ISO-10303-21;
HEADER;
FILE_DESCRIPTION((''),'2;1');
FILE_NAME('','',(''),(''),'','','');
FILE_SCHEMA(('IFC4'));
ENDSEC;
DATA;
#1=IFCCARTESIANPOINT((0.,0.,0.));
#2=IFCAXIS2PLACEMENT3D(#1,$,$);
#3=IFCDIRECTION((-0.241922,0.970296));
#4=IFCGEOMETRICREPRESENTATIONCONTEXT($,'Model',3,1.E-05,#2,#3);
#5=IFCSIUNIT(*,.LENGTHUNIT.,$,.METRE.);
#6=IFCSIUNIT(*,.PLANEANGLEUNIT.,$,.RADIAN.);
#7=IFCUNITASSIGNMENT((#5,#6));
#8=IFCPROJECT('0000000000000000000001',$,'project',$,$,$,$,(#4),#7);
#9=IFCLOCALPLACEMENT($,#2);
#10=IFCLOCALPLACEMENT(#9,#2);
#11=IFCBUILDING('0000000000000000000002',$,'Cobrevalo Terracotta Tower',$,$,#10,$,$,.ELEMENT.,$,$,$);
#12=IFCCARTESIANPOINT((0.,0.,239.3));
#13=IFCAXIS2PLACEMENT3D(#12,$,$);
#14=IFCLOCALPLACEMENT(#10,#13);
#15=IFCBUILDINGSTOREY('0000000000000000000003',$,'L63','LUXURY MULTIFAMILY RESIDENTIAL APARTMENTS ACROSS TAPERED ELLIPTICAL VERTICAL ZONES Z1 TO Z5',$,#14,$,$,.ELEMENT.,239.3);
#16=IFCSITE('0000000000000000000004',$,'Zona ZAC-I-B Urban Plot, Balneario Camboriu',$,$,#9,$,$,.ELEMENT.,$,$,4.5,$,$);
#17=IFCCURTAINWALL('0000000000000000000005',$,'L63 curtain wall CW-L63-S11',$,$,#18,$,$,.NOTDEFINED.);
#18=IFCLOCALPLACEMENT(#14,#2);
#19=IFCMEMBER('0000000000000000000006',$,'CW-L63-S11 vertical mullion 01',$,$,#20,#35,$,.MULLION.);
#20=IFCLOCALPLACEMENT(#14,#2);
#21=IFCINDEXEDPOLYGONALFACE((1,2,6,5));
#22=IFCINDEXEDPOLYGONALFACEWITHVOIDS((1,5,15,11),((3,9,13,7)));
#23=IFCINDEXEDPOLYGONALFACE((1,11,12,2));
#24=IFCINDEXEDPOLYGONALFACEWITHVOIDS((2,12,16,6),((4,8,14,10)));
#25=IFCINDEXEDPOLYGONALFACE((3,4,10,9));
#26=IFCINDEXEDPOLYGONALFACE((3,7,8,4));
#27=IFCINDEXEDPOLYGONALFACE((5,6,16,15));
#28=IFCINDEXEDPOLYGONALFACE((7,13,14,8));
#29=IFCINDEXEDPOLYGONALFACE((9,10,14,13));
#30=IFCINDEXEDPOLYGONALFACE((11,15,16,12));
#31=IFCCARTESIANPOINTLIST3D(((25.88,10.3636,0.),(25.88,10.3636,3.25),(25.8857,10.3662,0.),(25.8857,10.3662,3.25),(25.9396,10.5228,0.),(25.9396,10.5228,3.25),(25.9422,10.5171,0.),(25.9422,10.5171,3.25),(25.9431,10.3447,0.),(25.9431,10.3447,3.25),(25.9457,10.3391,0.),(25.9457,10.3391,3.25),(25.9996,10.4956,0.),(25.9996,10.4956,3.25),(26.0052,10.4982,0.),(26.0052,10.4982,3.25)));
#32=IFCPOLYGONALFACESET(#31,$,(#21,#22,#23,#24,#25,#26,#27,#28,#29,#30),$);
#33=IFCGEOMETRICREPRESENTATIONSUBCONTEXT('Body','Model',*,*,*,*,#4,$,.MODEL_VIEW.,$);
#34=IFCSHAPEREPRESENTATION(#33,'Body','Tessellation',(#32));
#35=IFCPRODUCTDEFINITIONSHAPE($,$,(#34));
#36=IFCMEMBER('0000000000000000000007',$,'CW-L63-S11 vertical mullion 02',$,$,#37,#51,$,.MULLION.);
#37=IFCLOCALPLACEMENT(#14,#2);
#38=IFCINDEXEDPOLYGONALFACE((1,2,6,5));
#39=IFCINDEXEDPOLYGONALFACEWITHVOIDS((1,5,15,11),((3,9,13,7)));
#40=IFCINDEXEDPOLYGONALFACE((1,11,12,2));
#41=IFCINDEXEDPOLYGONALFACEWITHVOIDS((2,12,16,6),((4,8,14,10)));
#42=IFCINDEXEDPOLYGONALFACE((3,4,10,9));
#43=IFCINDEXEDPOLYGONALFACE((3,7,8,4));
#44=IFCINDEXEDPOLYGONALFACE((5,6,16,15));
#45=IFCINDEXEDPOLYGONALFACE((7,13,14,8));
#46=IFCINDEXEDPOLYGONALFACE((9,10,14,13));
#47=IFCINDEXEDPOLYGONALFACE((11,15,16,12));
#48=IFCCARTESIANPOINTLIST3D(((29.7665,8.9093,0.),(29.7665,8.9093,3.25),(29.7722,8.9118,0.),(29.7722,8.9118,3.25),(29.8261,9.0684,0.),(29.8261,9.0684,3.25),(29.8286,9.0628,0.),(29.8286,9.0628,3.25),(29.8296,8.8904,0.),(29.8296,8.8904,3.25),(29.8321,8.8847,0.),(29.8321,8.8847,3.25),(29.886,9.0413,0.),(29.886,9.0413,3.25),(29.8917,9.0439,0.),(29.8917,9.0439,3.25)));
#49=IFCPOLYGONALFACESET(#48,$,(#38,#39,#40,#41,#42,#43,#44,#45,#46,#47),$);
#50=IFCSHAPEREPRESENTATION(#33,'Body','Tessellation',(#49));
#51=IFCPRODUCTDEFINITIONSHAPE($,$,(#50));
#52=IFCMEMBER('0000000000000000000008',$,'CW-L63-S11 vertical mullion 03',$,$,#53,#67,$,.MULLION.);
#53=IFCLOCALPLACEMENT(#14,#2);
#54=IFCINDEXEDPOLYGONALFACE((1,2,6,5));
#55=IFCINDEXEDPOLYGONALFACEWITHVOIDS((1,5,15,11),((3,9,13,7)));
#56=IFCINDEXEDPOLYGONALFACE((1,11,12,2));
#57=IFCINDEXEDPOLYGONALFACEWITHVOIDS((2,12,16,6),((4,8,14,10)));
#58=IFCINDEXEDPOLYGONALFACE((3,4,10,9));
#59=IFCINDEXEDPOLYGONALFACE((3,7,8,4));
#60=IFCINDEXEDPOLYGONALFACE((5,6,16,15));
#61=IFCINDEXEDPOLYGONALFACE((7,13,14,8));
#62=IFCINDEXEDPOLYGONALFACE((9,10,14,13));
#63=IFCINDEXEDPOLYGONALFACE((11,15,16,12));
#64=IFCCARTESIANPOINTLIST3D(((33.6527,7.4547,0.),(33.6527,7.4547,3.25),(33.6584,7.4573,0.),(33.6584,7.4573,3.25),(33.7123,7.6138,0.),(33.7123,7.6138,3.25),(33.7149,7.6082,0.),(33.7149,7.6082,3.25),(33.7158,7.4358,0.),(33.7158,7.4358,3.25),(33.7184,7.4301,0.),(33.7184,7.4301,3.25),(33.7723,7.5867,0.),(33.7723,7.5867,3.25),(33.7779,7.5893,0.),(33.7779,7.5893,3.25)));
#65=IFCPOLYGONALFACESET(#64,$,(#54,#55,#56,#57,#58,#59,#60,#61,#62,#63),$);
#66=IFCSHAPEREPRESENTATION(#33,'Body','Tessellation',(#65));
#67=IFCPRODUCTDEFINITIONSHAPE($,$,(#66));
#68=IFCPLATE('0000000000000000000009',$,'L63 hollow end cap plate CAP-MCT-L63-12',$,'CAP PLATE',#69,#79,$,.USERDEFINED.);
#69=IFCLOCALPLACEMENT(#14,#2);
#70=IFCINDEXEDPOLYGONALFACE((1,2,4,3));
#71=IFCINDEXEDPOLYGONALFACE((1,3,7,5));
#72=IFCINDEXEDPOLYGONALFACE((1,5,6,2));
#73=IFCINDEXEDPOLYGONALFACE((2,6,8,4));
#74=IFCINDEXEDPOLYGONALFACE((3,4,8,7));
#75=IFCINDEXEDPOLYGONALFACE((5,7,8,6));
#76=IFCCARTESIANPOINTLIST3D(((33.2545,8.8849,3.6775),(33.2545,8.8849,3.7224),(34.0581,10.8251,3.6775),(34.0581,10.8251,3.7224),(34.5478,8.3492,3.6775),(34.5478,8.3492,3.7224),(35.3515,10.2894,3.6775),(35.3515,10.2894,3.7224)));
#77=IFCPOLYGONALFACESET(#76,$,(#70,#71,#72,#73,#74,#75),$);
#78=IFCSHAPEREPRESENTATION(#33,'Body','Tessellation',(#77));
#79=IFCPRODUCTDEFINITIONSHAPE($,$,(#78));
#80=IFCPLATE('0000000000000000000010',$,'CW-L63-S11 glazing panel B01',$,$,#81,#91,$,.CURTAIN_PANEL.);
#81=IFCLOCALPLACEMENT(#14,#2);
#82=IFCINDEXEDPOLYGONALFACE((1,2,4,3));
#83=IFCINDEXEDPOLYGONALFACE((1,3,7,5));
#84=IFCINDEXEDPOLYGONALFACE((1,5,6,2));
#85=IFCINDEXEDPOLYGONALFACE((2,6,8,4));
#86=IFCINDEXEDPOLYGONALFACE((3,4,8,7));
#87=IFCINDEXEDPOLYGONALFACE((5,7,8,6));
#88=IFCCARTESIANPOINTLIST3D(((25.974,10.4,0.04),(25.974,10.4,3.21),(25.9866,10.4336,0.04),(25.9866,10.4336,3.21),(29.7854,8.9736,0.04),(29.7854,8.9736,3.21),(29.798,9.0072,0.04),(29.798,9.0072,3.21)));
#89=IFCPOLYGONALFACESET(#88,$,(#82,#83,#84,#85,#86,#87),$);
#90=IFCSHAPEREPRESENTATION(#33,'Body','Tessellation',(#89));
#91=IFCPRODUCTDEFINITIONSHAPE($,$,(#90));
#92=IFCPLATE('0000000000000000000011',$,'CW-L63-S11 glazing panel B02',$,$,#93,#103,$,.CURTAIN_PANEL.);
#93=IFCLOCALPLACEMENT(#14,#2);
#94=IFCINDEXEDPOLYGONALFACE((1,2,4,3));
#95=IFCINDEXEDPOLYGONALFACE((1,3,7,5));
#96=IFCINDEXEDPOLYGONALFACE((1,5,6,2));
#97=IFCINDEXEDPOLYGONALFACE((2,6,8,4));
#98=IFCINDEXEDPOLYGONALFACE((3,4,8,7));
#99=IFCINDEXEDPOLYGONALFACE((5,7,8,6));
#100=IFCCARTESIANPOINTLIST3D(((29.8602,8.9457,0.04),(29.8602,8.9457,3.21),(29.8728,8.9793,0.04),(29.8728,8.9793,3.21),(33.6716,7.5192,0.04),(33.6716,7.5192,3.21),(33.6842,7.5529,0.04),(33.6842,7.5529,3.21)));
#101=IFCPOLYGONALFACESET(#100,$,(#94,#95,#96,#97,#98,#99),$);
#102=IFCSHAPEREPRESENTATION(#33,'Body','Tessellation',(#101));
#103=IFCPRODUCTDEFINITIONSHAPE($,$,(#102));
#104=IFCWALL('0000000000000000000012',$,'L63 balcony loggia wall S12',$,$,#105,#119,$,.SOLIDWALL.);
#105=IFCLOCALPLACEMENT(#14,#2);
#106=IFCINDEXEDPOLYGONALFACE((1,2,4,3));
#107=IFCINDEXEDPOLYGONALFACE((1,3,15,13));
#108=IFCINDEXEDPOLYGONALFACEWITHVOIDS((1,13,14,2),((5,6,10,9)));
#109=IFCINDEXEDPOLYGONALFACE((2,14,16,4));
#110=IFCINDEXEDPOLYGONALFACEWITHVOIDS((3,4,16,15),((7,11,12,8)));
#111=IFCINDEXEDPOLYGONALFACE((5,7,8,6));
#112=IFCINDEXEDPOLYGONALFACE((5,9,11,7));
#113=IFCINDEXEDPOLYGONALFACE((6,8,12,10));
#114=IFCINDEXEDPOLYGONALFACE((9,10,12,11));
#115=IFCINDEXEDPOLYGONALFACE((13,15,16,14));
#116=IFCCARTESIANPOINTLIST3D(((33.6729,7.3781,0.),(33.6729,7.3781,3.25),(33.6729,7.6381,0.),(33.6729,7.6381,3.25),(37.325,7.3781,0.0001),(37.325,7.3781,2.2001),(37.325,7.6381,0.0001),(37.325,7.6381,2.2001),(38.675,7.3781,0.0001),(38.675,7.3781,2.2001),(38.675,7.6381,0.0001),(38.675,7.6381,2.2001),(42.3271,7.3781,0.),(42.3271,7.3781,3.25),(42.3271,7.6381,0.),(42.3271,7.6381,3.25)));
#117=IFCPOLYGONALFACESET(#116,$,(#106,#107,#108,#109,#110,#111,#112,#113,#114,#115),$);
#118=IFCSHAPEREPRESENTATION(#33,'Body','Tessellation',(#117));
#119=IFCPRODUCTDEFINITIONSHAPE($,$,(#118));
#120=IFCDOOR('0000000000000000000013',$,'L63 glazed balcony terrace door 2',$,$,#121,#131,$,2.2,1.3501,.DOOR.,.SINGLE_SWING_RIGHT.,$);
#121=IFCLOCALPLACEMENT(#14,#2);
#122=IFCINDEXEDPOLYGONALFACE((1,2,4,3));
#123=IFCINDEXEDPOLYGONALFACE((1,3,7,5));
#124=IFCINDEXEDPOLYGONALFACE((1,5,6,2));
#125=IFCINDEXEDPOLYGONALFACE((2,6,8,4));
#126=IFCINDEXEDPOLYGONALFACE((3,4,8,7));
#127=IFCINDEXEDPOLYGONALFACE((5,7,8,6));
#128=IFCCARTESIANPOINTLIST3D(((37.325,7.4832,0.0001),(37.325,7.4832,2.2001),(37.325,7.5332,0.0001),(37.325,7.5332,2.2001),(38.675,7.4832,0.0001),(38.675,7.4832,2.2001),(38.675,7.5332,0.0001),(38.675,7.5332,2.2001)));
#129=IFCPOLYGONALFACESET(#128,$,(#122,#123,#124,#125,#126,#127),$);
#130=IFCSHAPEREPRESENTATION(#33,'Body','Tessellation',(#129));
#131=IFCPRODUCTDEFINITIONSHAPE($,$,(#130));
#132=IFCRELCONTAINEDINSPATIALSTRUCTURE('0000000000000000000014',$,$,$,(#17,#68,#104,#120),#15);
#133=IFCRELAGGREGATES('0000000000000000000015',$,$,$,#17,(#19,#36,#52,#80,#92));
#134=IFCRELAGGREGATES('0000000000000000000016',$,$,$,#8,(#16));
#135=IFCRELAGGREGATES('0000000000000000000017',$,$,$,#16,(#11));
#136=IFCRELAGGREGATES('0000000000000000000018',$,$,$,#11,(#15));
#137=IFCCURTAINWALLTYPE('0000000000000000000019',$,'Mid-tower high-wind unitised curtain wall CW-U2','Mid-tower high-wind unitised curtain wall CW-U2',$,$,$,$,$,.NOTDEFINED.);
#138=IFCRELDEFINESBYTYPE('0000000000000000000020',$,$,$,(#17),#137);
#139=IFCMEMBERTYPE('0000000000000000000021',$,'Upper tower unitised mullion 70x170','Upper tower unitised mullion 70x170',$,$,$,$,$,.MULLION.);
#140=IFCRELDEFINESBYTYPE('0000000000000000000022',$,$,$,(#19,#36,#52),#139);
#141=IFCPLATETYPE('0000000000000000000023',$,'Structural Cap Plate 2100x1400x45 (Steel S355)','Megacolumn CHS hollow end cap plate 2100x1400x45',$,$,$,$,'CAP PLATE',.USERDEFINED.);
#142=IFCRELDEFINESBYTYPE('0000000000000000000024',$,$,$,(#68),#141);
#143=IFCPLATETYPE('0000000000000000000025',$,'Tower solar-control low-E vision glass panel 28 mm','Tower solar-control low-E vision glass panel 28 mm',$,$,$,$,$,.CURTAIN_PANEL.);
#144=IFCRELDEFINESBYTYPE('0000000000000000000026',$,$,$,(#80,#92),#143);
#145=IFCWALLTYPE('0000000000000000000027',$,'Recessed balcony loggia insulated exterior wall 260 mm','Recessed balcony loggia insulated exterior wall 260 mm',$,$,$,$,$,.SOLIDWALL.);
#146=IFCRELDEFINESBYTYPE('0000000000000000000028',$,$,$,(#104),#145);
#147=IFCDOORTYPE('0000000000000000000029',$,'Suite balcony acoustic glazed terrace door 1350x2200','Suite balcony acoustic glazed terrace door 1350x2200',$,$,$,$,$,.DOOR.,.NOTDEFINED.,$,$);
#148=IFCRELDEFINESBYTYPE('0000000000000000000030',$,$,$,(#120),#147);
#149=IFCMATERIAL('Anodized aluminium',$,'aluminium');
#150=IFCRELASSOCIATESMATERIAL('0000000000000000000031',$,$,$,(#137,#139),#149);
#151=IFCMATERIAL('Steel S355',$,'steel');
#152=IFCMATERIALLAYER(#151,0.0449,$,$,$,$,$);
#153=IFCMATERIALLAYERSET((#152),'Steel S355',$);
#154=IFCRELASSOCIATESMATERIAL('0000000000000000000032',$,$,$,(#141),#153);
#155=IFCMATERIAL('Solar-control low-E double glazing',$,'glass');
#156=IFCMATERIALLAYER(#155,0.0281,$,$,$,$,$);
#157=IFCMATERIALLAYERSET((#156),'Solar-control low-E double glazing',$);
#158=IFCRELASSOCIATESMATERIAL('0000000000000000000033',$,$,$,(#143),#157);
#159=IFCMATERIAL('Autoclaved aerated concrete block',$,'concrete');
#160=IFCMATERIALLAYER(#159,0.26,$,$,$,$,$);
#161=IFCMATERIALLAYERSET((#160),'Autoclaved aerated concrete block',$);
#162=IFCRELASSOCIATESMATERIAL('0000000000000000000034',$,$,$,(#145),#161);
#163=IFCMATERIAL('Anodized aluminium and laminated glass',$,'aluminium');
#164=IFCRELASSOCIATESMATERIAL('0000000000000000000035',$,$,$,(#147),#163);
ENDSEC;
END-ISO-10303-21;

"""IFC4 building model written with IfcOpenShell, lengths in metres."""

from ifc_helpers import new_model, si_unit, direction, frame, frame_2d, origin, origin_2d, place, context, subcontext, project, spatial, rectangle, hollow_rectangle, extrude, source, transform, mapped, material, layer, layer_set, material_profile, profile_set, type_object, element, fill, aggregate, save


model = new_model("IFC4")

# Units and contexts
model_context = context("Model", 3, precision=1e-05, world=origin(), true_north=direction((-0.241922, 0.970296)))
body_context = subcontext(model_context, "Body", "Model", "MODEL_VIEW")
ifc_project = project(units=[si_unit("LENGTHUNIT", "METRE"), si_unit("PLANEANGLEUNIT", "RADIAN")], contexts=[model_context])

# Site, building, storey
site_placement = place(None, origin())
site = spatial("IfcSite", under=ifc_project, at=site_placement, Name="Zona ZAC-I-B Urban Plot, Balneario Camboriu", CompositionType="ELEMENT", RefElevation=4.5)
building_placement = place(site_placement, origin())
building = spatial("IfcBuilding", under=site, at=building_placement, Name="Cobrevalo Terracotta Tower", CompositionType="ELEMENT")
storey_placement = place(building_placement, frame((0.0, 0.0, 239.3)))
storey = spatial("IfcBuildingStorey", under=building, at=storey_placement, Name="L63", Description="LUXURY MULTIFAMILY RESIDENTIAL APARTMENTS ACROSS TAPERED ELLIPTICAL VERTICAL ZONES Z1 TO Z5", CompositionType="ELEMENT", Elevation=239.3)

# Shared definitions
ifc_material_1 = material(Name="Steel S355", Category="steel")

# Curtain wall
ifc_material_2 = material(Name="Anodized aluminium", Category="aluminium")
curtain_wall_type = type_object("IfcCurtainWallType", Name="Mid-tower high-wind unitised curtain wall CW-U2", Description="Mid-tower high-wind unitised curtain wall CW-U2", PredefinedType="NOTDEFINED", material=ifc_material_2)
curtain_wall_1_placement = place(storey_placement, origin())
curtain_wall_1 = element("IfcCurtainWall", 1, at=curtain_wall_1_placement, inside=storey, type_object=curtain_wall_type, Name="L63 curtain wall CW-L63-S11", PredefinedType="NOTDEFINED")

# Shared definitions
ifc_material_profile_1 = material_profile(ifc_material_2, hollow_rectangle(XDim=0.0701, YDim=0.1699, WallThickness=0.0044, at=origin_2d()), Name="CWM 70x170")
ifc_profile_set_1 = profile_set([ifc_material_profile_1], Name="Anodized aluminium")
member_type_1 = type_object("IfcMemberType", Name="Upper tower unitised mullion 70x170", Description="Upper tower unitised mullion 70x170", PredefinedType="MULLION", material=ifc_profile_set_1)
shared_shape_1 = source(origin(), body_context, "Body", "SweptSolid", [
    extrude(hollow_rectangle(XDim=0.0701, YDim=0.1699, WallThickness=0.0044, at=origin_2d()), origin(), (0.0, 0.0, 1.0), 3.25),
])

# Members
member_1_placement = place(storey_placement, frame((25.9426, 10.4309, 0.0), z_axis=(0.0, 0.0, 1.0), x_axis=(0.936556, -0.350518, 0.0)))
member_1 = element("IfcMember", 2, at=member_1_placement, type_object=member_type_1, Name="CW-L63-S11 vertical mullion 01", PredefinedType="MULLION", context=body_context, shape_type="MappedRepresentation", body=[
    mapped(shared_shape_1, transform((0.0, 0.0, 0.0), scale=1.0)),
])
member_2_placement = place(storey_placement, frame((29.8291, 8.9766, 0.0), z_axis=(0.0, 0.0, 1.0), x_axis=(0.936556, -0.350518, 0.0)))
member_2 = element("IfcMember", 3, at=member_2_placement, type_object=member_type_1, Name="CW-L63-S11 vertical mullion 02", PredefinedType="MULLION", context=body_context, shape_type="MappedRepresentation", body=[
    mapped(shared_shape_1, transform((0.0, 0.0, 0.0), scale=1.0)),
])
member_3_placement = place(storey_placement, frame((33.7153, 7.522, 0.0), z_axis=(0.0, 0.0, 1.0), x_axis=(0.936556, -0.350518, 0.0)))
member_3 = element("IfcMember", 4, at=member_3_placement, type_object=member_type_1, Name="CW-L63-S11 vertical mullion 03", PredefinedType="MULLION", context=body_context, shape_type="MappedRepresentation", body=[
    mapped(shared_shape_1, transform((0.0, 0.0, 0.0), scale=1.0)),
])

# Plates
ifc_layer_1 = layer(ifc_material_1, 0.0449)
ifc_layer_set_1 = layer_set([ifc_layer_1], Name="Steel S355")
plate_type_1 = type_object("IfcPlateType", Name="Structural Cap Plate 2100x1400x45 (Steel S355)", Description="Megacolumn CHS hollow end cap plate 2100x1400x45", ElementType="CAP PLATE", PredefinedType="USERDEFINED", material=ifc_layer_set_1)
shared_shape_2 = source(origin(), body_context, "Body", "SweptSolid", [
    extrude(rectangle(XDim=2.1001, YDim=1.3999, at=origin_2d()), origin(), (0.0, 0.0, 1.0), 0.0449),
])
plate_1_placement = place(storey_placement, frame((34.303, 9.5872, 3.6775), z_axis=(0.0, 0.0, 1.0), x_axis=(-0.382683, -0.92388, 0.0)))
element("IfcPlate", 5, at=plate_1_placement, inside=storey, type_object=plate_type_1, Name="L63 hollow end cap plate CAP-MCT-L63-12", ObjectType="CAP PLATE", PredefinedType="USERDEFINED", context=body_context, shape_type="MappedRepresentation", body=[
    mapped(shared_shape_2, transform((0.0, 0.0, 0.0), scale=1.0)),
])
ifc_material_3 = material(Name="Solar-control low-E double glazing", Category="glass")
ifc_layer_2 = layer(ifc_material_3, 0.0281)
ifc_layer_set_2 = layer_set([ifc_layer_2], Name="Solar-control low-E double glazing")
plate_type_2 = type_object("IfcPlateType", Name="Tower solar-control low-E vision glass panel 28 mm", Description="Tower solar-control low-E vision glass panel 28 mm", PredefinedType="CURTAIN_PANEL", material=ifc_layer_set_2)
shared_shape_3 = source(origin(), body_context, "Body", "SweptSolid", [
    extrude(rectangle(XDim=4.0696, YDim=0.0359, at=origin_2d()), origin(), (0.0, 0.0, 1.0), 3.1699),
])
plate_2_placement = place(storey_placement, frame((27.886, 9.7036, 0.04), z_axis=(0.0, 0.0, 1.0), x_axis=(0.936558, -0.350513, 0.0)))
plate_2 = element("IfcPlate", 6, at=plate_2_placement, type_object=plate_type_2, Name="CW-L63-S11 glazing panel B01", PredefinedType="CURTAIN_PANEL", context=body_context, shape_type="MappedRepresentation", body=[
    mapped(shared_shape_3, transform((0.0, 0.0, 0.0), scale=1.0)),
])
plate_3_placement = place(storey_placement, frame((31.7722, 8.2493, 0.04), z_axis=(0.0, 0.0, 1.0), x_axis=(0.936558, -0.350513, 0.0)))
plate_3 = element("IfcPlate", 7, at=plate_3_placement, type_object=plate_type_2, Name="CW-L63-S11 glazing panel B02", PredefinedType="CURTAIN_PANEL", context=body_context, shape_type="MappedRepresentation", body=[
    mapped(shared_shape_3, transform((0.0, 0.0, 0.0), scale=1.0)),
])
aggregate(curtain_wall_1, [member_1, member_2, member_3, plate_2, plate_3])

# Wall, opening, door
ifc_material_4 = material(Name="Autoclaved aerated concrete block", Category="concrete")
ifc_layer_3 = layer(ifc_material_4, 0.26)
ifc_layer_set_3 = layer_set([ifc_layer_3], Name="Autoclaved aerated concrete block")
wall_type = type_object("IfcWallType", Name="Recessed balcony loggia insulated exterior wall 260 mm", Description="Recessed balcony loggia insulated exterior wall 260 mm", PredefinedType="SOLIDWALL", material=ifc_layer_set_3)
wall_placement = place(storey_placement, frame((33.6729, 7.5081, 0.0), z_axis=(0.0, 0.0, 1.0), x_axis=(1.0, 0.0, 0.0)))
wall = element("IfcWall", 8, at=wall_placement, inside=storey, type_object=wall_type, Name="L63 balcony loggia wall S12", PredefinedType="SOLIDWALL", context=body_context, shape_type="SweptSolid", body=[
    extrude(rectangle(XDim=8.6543, YDim=0.26, at=frame_2d((4.3271, 0.0))), origin(), (0.0, 0.0, 1.0), 3.25),
])
opening_placement = place(wall_placement, frame((3.6521, 0.0, 0.0)))
opening = element("IfcOpeningElement", 9, at=opening_placement, cuts=wall, PredefinedType="OPENING", context=body_context, shape_type="SweptSolid", body=[
    extrude(rectangle(XDim=1.3501, YDim=2.2, at=frame_2d((0.675, 1.1001))), frame((0.0, 0.1401, 0.0), z_axis=(0.0, -1.0, 0.0), x_axis=(1.0, 0.0, 0.0)), (0.0, 0.0, 1.0), 0.28),
])
ifc_material_5 = material(Name="Anodized aluminium and laminated glass", Category="aluminium")
door_type = type_object("IfcDoorType", Name="Suite balcony acoustic glazed terrace door 1350x2200", Description="Suite balcony acoustic glazed terrace door 1350x2200", OperationType="NOTDEFINED", PredefinedType="DOOR", material=ifc_material_5)
shared_shape_4 = source(origin(), body_context, "Body", "SweptSolid", [
    extrude(rectangle(XDim=1.3501, YDim=2.2, at=frame_2d((0.675, 1.1001))), frame((0.0, 0.0249, 0.0), z_axis=(0.0, -1.0, 0.0), x_axis=(1.0, 0.0, 0.0)), (0.0, 0.0, 1.0), 0.05),
])
door_placement = place(opening_placement, frame((1.3501, 0.0, 0.0), z_axis=(0.0, 0.0, 1.0), x_axis=(-1.0, 0.0, 0.0)))
door = element("IfcDoor", 10, at=door_placement, inside=storey, type_object=door_type, Name="L63 glazed balcony terrace door 2", OperationType="SINGLE_SWING_RIGHT", OverallHeight=2.2, OverallWidth=1.3501, PredefinedType="DOOR", context=body_context, shape_type="MappedRepresentation", body=[
    mapped(shared_shape_4, transform((0.0, 0.0, 0.0), scale=1.0)),
])
fill(opening, door)

save(model, "model.ifc")
